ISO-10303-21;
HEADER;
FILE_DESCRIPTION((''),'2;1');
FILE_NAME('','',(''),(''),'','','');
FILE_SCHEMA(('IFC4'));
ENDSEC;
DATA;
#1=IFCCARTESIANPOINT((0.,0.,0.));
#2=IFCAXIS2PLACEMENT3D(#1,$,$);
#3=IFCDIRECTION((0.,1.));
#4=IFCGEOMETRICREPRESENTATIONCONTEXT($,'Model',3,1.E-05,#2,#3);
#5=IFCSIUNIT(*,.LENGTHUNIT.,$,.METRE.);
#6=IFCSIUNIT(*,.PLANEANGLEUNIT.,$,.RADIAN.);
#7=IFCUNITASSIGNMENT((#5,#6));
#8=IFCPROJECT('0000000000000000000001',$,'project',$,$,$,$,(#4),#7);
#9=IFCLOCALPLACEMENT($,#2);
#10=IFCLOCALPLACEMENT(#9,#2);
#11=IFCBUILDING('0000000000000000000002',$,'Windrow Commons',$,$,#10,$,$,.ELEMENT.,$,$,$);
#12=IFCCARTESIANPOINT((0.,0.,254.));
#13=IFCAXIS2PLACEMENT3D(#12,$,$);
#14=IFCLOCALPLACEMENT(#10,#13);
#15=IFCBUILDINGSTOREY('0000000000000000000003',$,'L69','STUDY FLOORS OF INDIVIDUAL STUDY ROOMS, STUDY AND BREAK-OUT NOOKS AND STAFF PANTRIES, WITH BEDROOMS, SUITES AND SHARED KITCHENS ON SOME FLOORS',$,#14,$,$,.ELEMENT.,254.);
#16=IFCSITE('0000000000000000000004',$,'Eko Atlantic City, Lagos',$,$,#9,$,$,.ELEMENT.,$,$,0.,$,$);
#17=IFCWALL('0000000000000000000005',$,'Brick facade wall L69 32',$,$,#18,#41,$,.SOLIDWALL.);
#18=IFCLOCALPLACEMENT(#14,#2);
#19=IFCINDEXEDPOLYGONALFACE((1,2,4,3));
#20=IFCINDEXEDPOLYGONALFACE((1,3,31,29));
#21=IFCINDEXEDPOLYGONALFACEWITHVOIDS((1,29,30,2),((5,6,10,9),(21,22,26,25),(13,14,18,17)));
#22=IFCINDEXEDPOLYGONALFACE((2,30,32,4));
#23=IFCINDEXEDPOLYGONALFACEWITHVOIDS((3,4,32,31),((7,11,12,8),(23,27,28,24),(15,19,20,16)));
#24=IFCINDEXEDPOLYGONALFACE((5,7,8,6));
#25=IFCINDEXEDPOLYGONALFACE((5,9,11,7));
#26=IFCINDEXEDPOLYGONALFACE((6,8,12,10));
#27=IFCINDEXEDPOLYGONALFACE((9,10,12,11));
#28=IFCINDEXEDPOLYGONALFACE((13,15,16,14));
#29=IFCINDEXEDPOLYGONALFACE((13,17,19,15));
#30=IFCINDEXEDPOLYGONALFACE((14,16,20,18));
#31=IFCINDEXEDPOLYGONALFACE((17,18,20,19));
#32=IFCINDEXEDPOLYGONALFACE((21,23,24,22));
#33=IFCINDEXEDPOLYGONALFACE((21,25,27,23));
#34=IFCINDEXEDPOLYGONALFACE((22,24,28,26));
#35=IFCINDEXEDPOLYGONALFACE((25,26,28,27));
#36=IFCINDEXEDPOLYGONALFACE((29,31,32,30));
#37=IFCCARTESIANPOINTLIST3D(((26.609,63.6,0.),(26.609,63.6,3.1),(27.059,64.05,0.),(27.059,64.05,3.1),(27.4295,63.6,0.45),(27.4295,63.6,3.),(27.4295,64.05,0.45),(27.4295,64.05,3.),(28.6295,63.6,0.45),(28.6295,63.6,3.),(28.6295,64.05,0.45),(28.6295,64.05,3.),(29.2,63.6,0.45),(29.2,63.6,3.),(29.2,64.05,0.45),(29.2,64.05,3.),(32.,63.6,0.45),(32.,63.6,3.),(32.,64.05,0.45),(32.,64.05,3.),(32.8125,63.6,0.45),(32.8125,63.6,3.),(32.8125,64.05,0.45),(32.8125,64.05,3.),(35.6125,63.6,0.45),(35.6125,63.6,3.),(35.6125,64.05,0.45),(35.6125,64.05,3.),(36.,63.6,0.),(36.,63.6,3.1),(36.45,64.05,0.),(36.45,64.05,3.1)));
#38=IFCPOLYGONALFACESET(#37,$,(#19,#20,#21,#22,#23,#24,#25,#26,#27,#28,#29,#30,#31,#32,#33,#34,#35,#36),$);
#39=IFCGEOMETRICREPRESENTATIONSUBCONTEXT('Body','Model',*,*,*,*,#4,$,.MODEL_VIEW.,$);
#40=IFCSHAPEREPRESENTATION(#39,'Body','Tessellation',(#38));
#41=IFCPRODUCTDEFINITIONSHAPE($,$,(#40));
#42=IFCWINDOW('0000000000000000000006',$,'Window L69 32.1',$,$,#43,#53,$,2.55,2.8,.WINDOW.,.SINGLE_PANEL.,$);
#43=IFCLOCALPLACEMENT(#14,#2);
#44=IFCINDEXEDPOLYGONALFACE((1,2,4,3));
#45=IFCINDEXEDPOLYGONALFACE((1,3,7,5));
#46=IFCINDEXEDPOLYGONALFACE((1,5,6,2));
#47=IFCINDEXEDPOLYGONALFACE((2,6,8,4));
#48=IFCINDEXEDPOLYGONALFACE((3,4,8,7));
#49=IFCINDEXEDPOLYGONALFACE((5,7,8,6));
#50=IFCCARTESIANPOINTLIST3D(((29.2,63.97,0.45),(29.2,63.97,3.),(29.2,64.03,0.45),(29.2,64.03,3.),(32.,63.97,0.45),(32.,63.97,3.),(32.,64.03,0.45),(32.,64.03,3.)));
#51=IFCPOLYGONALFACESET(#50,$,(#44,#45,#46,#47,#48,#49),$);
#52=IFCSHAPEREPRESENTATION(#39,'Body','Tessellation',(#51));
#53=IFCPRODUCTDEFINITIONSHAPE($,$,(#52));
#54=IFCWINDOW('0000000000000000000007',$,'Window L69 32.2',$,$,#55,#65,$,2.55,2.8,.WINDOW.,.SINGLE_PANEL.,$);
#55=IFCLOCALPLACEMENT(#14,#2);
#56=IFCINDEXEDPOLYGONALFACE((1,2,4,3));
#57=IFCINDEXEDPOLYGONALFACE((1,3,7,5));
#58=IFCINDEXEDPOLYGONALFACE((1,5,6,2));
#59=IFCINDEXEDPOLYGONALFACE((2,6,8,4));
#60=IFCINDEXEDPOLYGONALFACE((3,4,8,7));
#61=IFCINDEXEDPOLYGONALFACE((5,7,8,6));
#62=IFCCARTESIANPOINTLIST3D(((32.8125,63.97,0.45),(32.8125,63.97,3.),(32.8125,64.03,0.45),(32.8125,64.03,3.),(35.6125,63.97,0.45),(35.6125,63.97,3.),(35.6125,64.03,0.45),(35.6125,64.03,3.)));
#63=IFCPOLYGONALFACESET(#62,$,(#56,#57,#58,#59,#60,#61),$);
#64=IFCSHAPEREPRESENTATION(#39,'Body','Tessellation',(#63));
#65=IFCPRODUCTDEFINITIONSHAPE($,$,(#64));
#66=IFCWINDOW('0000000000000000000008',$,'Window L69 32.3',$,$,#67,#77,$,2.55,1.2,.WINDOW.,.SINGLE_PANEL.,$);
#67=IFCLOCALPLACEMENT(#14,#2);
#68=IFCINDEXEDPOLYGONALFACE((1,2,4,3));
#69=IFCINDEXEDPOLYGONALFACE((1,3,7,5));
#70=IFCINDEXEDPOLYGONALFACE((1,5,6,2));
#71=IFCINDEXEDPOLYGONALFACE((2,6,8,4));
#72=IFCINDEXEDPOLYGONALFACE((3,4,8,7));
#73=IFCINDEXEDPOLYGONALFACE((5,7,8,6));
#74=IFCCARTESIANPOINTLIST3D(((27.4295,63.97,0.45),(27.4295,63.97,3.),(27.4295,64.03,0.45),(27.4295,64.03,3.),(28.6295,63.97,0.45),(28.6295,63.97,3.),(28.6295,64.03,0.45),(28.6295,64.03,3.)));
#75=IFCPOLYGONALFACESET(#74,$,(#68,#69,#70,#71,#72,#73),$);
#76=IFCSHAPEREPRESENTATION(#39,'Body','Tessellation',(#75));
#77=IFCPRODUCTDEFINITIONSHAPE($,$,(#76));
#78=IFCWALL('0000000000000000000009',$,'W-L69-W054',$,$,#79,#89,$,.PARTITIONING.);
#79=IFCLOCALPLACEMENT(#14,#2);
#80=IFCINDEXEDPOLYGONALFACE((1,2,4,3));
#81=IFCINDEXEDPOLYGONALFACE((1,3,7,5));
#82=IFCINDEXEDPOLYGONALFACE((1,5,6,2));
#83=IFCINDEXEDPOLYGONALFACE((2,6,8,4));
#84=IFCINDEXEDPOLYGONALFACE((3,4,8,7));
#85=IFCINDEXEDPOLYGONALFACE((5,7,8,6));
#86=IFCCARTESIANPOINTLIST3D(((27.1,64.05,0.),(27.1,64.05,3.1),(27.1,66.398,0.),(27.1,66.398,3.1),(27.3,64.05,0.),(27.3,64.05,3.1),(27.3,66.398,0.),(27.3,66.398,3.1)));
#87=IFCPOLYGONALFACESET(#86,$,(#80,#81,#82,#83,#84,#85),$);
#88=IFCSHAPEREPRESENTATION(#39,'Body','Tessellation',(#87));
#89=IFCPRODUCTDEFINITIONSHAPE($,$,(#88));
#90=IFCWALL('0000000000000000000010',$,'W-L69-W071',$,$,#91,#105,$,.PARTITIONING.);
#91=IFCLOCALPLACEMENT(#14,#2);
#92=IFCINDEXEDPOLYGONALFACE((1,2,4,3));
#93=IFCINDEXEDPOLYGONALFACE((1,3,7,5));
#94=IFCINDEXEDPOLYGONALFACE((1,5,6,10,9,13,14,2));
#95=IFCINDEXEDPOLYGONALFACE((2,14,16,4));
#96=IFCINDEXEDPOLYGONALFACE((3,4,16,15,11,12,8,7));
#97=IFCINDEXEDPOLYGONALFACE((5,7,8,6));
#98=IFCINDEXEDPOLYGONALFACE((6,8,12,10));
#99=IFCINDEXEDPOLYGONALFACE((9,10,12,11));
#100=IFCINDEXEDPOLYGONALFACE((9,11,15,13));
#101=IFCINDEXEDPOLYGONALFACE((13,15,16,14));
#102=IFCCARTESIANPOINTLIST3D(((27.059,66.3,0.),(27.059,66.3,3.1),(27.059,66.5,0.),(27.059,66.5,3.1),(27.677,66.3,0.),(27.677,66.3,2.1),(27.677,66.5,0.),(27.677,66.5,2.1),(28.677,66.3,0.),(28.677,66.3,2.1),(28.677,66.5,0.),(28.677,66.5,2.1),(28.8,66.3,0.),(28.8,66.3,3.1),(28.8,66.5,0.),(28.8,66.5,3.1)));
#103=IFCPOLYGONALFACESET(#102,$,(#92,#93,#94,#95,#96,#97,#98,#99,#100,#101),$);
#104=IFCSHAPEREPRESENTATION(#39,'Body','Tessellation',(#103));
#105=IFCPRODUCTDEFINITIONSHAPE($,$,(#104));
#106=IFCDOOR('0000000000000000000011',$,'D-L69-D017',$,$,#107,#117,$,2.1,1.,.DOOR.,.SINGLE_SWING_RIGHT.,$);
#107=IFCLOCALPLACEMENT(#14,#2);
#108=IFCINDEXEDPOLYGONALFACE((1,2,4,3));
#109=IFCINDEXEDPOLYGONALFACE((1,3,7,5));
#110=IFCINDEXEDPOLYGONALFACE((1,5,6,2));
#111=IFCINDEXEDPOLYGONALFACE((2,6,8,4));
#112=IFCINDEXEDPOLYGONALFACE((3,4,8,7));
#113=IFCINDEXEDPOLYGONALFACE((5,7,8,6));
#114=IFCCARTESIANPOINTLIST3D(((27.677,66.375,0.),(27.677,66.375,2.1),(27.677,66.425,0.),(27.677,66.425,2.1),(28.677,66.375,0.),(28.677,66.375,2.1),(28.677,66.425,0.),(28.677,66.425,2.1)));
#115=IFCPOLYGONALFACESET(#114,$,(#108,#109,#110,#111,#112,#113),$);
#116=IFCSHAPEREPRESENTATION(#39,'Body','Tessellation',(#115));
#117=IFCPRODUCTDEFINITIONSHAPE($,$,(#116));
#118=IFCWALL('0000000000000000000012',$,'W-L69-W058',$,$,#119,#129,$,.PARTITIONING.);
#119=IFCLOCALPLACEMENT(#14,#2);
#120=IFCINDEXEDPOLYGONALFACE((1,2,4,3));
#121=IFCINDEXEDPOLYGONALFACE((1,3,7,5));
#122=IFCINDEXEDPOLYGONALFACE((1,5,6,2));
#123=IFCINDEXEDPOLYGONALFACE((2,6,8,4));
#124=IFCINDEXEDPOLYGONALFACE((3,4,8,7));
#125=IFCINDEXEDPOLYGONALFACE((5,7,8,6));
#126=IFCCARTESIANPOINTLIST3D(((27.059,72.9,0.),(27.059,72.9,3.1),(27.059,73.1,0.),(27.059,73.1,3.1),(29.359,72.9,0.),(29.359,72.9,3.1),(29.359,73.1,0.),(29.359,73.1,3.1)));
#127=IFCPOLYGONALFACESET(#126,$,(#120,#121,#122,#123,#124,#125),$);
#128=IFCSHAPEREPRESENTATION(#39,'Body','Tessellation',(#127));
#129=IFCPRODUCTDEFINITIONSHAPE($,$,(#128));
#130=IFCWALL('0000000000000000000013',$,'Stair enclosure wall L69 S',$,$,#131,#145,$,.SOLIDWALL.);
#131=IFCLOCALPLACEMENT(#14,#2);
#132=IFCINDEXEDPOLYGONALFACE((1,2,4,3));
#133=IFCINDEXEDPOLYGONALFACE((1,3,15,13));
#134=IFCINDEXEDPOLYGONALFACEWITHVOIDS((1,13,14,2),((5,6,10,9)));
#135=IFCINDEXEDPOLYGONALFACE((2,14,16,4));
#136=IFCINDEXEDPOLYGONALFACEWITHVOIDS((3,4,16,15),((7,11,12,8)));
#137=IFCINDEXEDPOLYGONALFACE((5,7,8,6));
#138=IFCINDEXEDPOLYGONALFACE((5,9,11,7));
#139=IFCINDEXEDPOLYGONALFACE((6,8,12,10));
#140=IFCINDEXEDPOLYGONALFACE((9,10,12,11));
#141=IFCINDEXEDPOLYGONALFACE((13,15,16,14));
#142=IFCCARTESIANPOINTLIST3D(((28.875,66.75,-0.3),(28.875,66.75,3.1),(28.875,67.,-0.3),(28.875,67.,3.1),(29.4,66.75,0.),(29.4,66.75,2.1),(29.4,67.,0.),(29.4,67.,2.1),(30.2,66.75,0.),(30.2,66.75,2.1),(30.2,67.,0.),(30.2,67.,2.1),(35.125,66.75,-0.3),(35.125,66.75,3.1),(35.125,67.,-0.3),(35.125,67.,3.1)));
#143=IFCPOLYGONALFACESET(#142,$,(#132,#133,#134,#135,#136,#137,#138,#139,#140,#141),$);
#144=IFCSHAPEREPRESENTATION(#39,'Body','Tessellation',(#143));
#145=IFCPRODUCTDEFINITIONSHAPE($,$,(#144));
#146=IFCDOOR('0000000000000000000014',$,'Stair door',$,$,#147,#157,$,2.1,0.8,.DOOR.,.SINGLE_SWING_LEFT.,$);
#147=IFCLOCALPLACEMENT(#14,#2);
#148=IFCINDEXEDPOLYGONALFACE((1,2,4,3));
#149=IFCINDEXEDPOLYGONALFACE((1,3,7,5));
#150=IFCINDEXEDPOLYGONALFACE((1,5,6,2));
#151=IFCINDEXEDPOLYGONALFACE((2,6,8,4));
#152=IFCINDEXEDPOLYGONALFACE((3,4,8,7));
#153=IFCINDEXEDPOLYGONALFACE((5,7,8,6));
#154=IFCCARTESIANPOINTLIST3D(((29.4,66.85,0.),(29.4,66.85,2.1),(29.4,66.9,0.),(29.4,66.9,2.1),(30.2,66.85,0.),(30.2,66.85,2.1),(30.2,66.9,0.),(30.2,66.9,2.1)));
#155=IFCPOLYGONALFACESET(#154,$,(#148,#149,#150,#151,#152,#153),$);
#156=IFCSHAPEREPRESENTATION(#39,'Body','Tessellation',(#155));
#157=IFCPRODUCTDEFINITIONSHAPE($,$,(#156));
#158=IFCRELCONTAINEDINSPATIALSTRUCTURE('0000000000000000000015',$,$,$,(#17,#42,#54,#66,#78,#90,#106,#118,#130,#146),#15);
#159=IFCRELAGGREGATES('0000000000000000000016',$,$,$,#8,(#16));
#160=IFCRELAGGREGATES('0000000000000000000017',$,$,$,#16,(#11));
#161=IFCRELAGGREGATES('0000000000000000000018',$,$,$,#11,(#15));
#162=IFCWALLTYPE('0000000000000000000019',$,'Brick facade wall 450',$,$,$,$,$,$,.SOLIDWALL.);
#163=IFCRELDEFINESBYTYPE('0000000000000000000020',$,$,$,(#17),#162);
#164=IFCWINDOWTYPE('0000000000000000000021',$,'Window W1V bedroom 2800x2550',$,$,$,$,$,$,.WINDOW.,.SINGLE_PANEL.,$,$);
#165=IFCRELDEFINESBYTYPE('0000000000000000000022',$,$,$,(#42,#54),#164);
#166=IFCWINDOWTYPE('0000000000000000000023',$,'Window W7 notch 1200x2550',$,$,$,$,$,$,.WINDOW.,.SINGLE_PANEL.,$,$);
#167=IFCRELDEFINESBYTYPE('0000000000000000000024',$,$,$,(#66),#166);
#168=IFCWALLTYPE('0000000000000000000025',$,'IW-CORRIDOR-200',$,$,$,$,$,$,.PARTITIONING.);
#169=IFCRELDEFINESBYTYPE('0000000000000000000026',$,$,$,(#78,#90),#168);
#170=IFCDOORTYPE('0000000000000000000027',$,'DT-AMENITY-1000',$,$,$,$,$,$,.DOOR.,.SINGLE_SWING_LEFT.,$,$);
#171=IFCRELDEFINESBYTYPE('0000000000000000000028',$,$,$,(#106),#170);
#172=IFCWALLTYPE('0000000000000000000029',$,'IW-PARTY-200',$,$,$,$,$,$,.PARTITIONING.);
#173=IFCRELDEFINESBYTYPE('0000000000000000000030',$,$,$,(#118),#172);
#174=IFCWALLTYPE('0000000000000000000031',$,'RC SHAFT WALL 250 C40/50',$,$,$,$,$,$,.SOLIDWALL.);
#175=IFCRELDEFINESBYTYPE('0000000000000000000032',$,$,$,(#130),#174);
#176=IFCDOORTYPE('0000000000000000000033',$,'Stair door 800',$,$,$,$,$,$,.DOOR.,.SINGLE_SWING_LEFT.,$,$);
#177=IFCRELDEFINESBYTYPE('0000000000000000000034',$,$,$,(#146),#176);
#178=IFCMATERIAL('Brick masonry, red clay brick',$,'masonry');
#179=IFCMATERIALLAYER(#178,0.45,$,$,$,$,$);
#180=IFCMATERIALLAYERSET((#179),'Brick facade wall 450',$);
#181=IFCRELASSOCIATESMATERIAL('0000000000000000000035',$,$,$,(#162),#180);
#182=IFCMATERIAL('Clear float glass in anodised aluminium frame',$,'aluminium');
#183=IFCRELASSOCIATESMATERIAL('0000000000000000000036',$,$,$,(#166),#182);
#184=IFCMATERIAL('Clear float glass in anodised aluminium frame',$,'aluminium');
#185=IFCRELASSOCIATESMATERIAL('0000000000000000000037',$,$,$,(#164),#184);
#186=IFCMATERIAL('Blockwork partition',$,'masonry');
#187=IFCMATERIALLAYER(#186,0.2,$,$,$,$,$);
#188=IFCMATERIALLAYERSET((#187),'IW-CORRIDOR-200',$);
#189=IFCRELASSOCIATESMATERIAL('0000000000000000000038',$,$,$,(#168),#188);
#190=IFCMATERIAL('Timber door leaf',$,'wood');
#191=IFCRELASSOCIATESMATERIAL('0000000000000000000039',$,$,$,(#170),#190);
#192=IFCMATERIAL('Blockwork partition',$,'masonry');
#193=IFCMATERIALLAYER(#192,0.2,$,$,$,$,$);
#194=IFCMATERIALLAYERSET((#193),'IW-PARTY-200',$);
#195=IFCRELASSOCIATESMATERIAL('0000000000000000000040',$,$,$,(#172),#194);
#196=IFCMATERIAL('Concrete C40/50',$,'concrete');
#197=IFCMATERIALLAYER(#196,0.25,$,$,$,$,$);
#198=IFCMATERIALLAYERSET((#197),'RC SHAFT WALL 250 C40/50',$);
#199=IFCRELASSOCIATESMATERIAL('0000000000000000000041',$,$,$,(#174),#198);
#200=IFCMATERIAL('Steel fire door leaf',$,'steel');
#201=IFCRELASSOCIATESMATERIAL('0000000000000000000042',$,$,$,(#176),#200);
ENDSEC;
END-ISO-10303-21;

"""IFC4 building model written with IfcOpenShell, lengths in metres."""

from ifc_helpers import new_model, si_unit, direction, frame, frame_2d, origin, place, context, subcontext, project, spatial, polyline, rectangle, outline, extrude, material, layer, layer_set, type_object, element, fill, save


model = new_model("IFC4")

# Units and contexts
model_context = context("Model", 3, precision=1e-05, world=origin(), true_north=direction((0.0, 1.0)))
body_context = subcontext(model_context, "Body", "Model", "MODEL_VIEW")
ifc_project = project(units=[si_unit("LENGTHUNIT", "METRE"), si_unit("PLANEANGLEUNIT", "RADIAN")], contexts=[model_context])

# Site, building, storey
site_placement = place(None, origin())
site = spatial("IfcSite", under=ifc_project, at=site_placement, Name="Eko Atlantic City, Lagos", CompositionType="ELEMENT", RefElevation=0.0)
building_placement = place(site_placement, origin())
building = spatial("IfcBuilding", under=site, at=building_placement, Name="Windrow Commons", CompositionType="ELEMENT")
storey_placement = place(building_placement, frame((0.0, 0.0, 254.0)))
storey = spatial("IfcBuildingStorey", under=building, at=storey_placement, Name="L69", Description="STUDY FLOORS OF INDIVIDUAL STUDY ROOMS, STUDY AND BREAK-OUT NOOKS AND STAFF PANTRIES, WITH BEDROOMS, SUITES AND SHARED KITCHENS ON SOME FLOORS", CompositionType="ELEMENT", Elevation=254.0)

# Shared definitions
ifc_material_1 = material(Name="Brick masonry, red clay brick", Category="masonry")
ifc_layer_1 = layer(ifc_material_1, 0.45)
ifc_layer_set_1 = layer_set([ifc_layer_1], Name="Brick facade wall 450")
wall_type_1 = type_object("IfcWallType", Name="Brick facade wall 450", PredefinedType="SOLIDWALL", material=ifc_layer_set_1)
ifc_material_2 = material(Name="Clear float glass in anodised aluminium frame", Category="aluminium")
window_type_1 = type_object("IfcWindowType", Name="Window W7 notch 1200x2550", PartitioningType="SINGLE_PANEL", PredefinedType="WINDOW", material=ifc_material_2)

# Wall, openings, windows
ifc_material_3 = material(Name="Clear float glass in anodised aluminium frame", Category="aluminium")
window_type_2 = type_object("IfcWindowType", Name="Window W1V bedroom 2800x2550", PartitioningType="SINGLE_PANEL", PredefinedType="WINDOW", material=ifc_material_3)
wall_1_placement = place(storey_placement, frame((26.834, 63.825, 0.0), z_axis=(0.0, 0.0, 1.0), x_axis=(1.0, 0.0, 0.0)))
wall_1 = element("IfcWall", 1, at=wall_1_placement, inside=storey, type_object=wall_type_1, Name="Brick facade wall L69 32", PredefinedType="SOLIDWALL", context=body_context, shape_type="SweptSolid", body=[
    extrude(outline(polyline([(-0.225, -0.225), (9.166, -0.225), (9.616, 0.225), (0.225, 0.225), (-0.225, -0.225)])), origin(), (0.0, 0.0, 1.0), 3.1),
])
opening_1_placement = place(wall_1_placement, frame((2.366, 0.0, 0.45)))
opening_1 = element("IfcOpeningElement", 2, at=opening_1_placement, cuts=wall_1, PredefinedType="OPENING", context=body_context, shape_type="SweptSolid", body=[
    extrude(rectangle(XDim=2.8, YDim=2.55, at=frame_2d((1.4, 1.275))), frame((0.0, 0.235, 0.0), z_axis=(0.0, -1.0, 0.0), x_axis=(1.0, 0.0, 0.0)), (0.0, 0.0, 1.0), 0.47),
])
opening_2_placement = place(wall_1_placement, frame((5.9785, 0.0, 0.45)))
opening_2 = element("IfcOpeningElement", 3, at=opening_2_placement, cuts=wall_1, PredefinedType="OPENING", context=body_context, shape_type="SweptSolid", body=[
    extrude(rectangle(XDim=2.8, YDim=2.55, at=frame_2d((1.4, 1.275))), frame((0.0, 0.235, 0.0), z_axis=(0.0, -1.0, 0.0), x_axis=(1.0, 0.0, 0.0)), (0.0, 0.0, 1.0), 0.47),
])
opening_3_placement = place(wall_1_placement, frame((0.5955, 0.0, 0.45)))
opening_3 = element("IfcOpeningElement", 4, at=opening_3_placement, cuts=wall_1, PredefinedType="OPENING", context=body_context, shape_type="SweptSolid", body=[
    extrude(rectangle(XDim=1.2, YDim=2.55, at=frame_2d((0.6, 1.275))), frame((0.0, 0.235, 0.0), z_axis=(0.0, -1.0, 0.0), x_axis=(1.0, 0.0, 0.0)), (0.0, 0.0, 1.0), 0.47),
])
window_1_placement = place(opening_1_placement, origin())
window_1 = element("IfcWindow", 5, at=window_1_placement, inside=storey, type_object=window_type_2, Name="Window L69 32.1", OverallHeight=2.55, OverallWidth=2.8, PartitioningType="SINGLE_PANEL", PredefinedType="WINDOW", context=body_context, shape_type="SweptSolid", body=[
    extrude(rectangle(XDim=2.8, YDim=2.55, at=frame_2d((1.4, 1.275))), frame((0.0, 0.205, 0.0), z_axis=(0.0, -1.0, 0.0), x_axis=(1.0, 0.0, 0.0)), (0.0, 0.0, 1.0), 0.06),
])
fill(opening_1, window_1)
window_2_placement = place(opening_2_placement, origin())
window_2 = element("IfcWindow", 6, at=window_2_placement, inside=storey, type_object=window_type_2, Name="Window L69 32.2", OverallHeight=2.55, OverallWidth=2.8, PartitioningType="SINGLE_PANEL", PredefinedType="WINDOW", context=body_context, shape_type="SweptSolid", body=[
    extrude(rectangle(XDim=2.8, YDim=2.55, at=frame_2d((1.4, 1.275))), frame((0.0, 0.205, 0.0), z_axis=(0.0, -1.0, 0.0), x_axis=(1.0, 0.0, 0.0)), (0.0, 0.0, 1.0), 0.06),
])
fill(opening_2, window_2)
window_3_placement = place(opening_3_placement, origin())
window_3 = element("IfcWindow", 7, at=window_3_placement, inside=storey, type_object=window_type_1, Name="Window L69 32.3", OverallHeight=2.55, OverallWidth=1.2, PartitioningType="SINGLE_PANEL", PredefinedType="WINDOW", context=body_context, shape_type="SweptSolid", body=[
    extrude(rectangle(XDim=1.2, YDim=2.55, at=frame_2d((0.6, 1.275))), frame((0.0, 0.205, 0.0), z_axis=(0.0, -1.0, 0.0), x_axis=(1.0, 0.0, 0.0)), (0.0, 0.0, 1.0), 0.06),
])
fill(opening_3, window_3)

# Wall
ifc_material_4 = material(Name="Blockwork partition", Category="masonry")
ifc_layer_2 = layer(ifc_material_4, 0.2)
ifc_layer_set_2 = layer_set([ifc_layer_2], Name="IW-CORRIDOR-200")
wall_type_2 = type_object("IfcWallType", Name="IW-CORRIDOR-200", PredefinedType="PARTITIONING", material=ifc_layer_set_2)
wall_2_placement = place(storey_placement, frame((27.2, 64.05, 0.0), z_axis=(0.0, 0.0, 1.0), x_axis=(0.0, 1.0, 0.0)))
element("IfcWall", 8, at=wall_2_placement, inside=storey, type_object=wall_type_2, Name="W-L69-W054", PredefinedType="PARTITIONING", context=body_context, shape_type="SweptSolid", body=[
    extrude(rectangle(XDim=2.348, YDim=0.2, at=frame_2d((1.174, 0.0))), origin(), (0.0, 0.0, 1.0), 3.1),
])

# Wall, opening, door
wall_3_placement = place(storey_placement, frame((27.059, 66.4, 0.0), z_axis=(0.0, 0.0, 1.0), x_axis=(1.0, 0.0, 0.0)))
wall_3 = element("IfcWall", 9, at=wall_3_placement, inside=storey, type_object=wall_type_2, Name="W-L69-W071", PredefinedType="PARTITIONING", context=body_context, shape_type="SweptSolid", body=[
    extrude(rectangle(XDim=1.741, YDim=0.2, at=frame_2d((0.8705, 0.0))), origin(), (0.0, 0.0, 1.0), 3.1),
])
opening_4_placement = place(wall_3_placement, frame((0.618, 0.0, 0.0)))
opening_4 = element("IfcOpeningElement", 10, at=opening_4_placement, cuts=wall_3, PredefinedType="OPENING", context=body_context, shape_type="SweptSolid", body=[
    extrude(rectangle(XDim=1.0, YDim=2.1, at=frame_2d((0.5, 1.05))), frame((0.0, 0.11, 0.0), z_axis=(0.0, -1.0, 0.0), x_axis=(1.0, 0.0, 0.0)), (0.0, 0.0, 1.0), 0.22),
])
ifc_material_5 = material(Name="Timber door leaf", Category="wood")
door_type_1 = type_object("IfcDoorType", Name="DT-AMENITY-1000", OperationType="SINGLE_SWING_LEFT", PredefinedType="DOOR", material=ifc_material_5)
door_1_placement = place(opening_4_placement, origin())
door_1 = element("IfcDoor", 11, at=door_1_placement, inside=storey, type_object=door_type_1, Name="D-L69-D017", OperationType="SINGLE_SWING_RIGHT", OverallHeight=2.1, OverallWidth=1.0, PredefinedType="DOOR", context=body_context, shape_type="SweptSolid", body=[
    extrude(rectangle(XDim=1.0, YDim=2.1, at=frame_2d((0.5, 1.05))), frame((0.0, 0.025, 0.0), z_axis=(0.0, -1.0, 0.0), x_axis=(1.0, 0.0, 0.0)), (0.0, 0.0, 1.0), 0.05),
])
fill(opening_4, door_1)

# Wall
ifc_material_6 = material(Name="Blockwork partition", Category="masonry")
ifc_layer_3 = layer(ifc_material_6, 0.2)
ifc_layer_set_3 = layer_set([ifc_layer_3], Name="IW-PARTY-200")
wall_type_3 = type_object("IfcWallType", Name="IW-PARTY-200", PredefinedType="PARTITIONING", material=ifc_layer_set_3)
wall_4_placement = place(storey_placement, frame((27.059, 73.0, 0.0), z_axis=(0.0, 0.0, 1.0), x_axis=(1.0, 0.0, 0.0)))
element("IfcWall", 12, at=wall_4_placement, inside=storey, type_object=wall_type_3, Name="W-L69-W058", PredefinedType="PARTITIONING", context=body_context, shape_type="SweptSolid", body=[
    extrude(rectangle(XDim=2.2999, YDim=0.2, at=frame_2d((1.15, 0.0))), origin(), (0.0, 0.0, 1.0), 3.1),
])

# Wall, opening, door
ifc_material_7 = material(Name="Concrete C40/50", Category="concrete")
ifc_layer_4 = layer(ifc_material_7, 0.25)
ifc_layer_set_4 = layer_set([ifc_layer_4], Name="RC SHAFT WALL 250 C40/50")
wall_type_4 = type_object("IfcWallType", Name="RC SHAFT WALL 250 C40/50", PredefinedType="SOLIDWALL", material=ifc_layer_set_4)
wall_5_placement = place(storey_placement, frame((28.875, 66.875, -0.3), z_axis=(0.0, 0.0, 1.0), x_axis=(1.0, 0.0, 0.0)))
wall_5 = element("IfcWall", 13, at=wall_5_placement, inside=storey, type_object=wall_type_4, Name="Stair enclosure wall L69 S", PredefinedType="SOLIDWALL", context=body_context, shape_type="SweptSolid", body=[
    extrude(rectangle(XDim=6.25, YDim=0.25, at=frame_2d((3.125, 0.0))), origin(), (0.0, 0.0, 1.0), 3.4),
])
opening_5_placement = place(wall_5_placement, frame((0.525, 0.0, 0.3)))
opening_5 = element("IfcOpeningElement", 14, at=opening_5_placement, cuts=wall_5, PredefinedType="OPENING", context=body_context, shape_type="SweptSolid", body=[
    extrude(rectangle(XDim=0.8, YDim=2.1, at=frame_2d((0.4, 1.05))), frame((0.0, 0.135, 0.0), z_axis=(0.0, -1.0, 0.0), x_axis=(1.0, 0.0, 0.0)), (0.0, 0.0, 1.0), 0.27),
])
ifc_material_8 = material(Name="Steel fire door leaf", Category="steel")
door_type_2 = type_object("IfcDoorType", Name="Stair door 800", OperationType="SINGLE_SWING_LEFT", PredefinedType="DOOR", material=ifc_material_8)
door_2_placement = place(opening_5_placement, origin())
door_2 = element("IfcDoor", 15, at=door_2_placement, inside=storey, type_object=door_type_2, Name="Stair door", OperationType="SINGLE_SWING_LEFT", OverallHeight=2.1, OverallWidth=0.8, PredefinedType="DOOR", context=body_context, shape_type="SweptSolid", body=[
    extrude(rectangle(XDim=0.8, YDim=2.1, at=frame_2d((0.4, 1.05))), frame((0.0, 0.025, 0.0), z_axis=(0.0, -1.0, 0.0), x_axis=(1.0, 0.0, 0.0)), (0.0, 0.0, 1.0), 0.05),
])
fill(opening_5, door_2)

save(model, "model.ifc")
